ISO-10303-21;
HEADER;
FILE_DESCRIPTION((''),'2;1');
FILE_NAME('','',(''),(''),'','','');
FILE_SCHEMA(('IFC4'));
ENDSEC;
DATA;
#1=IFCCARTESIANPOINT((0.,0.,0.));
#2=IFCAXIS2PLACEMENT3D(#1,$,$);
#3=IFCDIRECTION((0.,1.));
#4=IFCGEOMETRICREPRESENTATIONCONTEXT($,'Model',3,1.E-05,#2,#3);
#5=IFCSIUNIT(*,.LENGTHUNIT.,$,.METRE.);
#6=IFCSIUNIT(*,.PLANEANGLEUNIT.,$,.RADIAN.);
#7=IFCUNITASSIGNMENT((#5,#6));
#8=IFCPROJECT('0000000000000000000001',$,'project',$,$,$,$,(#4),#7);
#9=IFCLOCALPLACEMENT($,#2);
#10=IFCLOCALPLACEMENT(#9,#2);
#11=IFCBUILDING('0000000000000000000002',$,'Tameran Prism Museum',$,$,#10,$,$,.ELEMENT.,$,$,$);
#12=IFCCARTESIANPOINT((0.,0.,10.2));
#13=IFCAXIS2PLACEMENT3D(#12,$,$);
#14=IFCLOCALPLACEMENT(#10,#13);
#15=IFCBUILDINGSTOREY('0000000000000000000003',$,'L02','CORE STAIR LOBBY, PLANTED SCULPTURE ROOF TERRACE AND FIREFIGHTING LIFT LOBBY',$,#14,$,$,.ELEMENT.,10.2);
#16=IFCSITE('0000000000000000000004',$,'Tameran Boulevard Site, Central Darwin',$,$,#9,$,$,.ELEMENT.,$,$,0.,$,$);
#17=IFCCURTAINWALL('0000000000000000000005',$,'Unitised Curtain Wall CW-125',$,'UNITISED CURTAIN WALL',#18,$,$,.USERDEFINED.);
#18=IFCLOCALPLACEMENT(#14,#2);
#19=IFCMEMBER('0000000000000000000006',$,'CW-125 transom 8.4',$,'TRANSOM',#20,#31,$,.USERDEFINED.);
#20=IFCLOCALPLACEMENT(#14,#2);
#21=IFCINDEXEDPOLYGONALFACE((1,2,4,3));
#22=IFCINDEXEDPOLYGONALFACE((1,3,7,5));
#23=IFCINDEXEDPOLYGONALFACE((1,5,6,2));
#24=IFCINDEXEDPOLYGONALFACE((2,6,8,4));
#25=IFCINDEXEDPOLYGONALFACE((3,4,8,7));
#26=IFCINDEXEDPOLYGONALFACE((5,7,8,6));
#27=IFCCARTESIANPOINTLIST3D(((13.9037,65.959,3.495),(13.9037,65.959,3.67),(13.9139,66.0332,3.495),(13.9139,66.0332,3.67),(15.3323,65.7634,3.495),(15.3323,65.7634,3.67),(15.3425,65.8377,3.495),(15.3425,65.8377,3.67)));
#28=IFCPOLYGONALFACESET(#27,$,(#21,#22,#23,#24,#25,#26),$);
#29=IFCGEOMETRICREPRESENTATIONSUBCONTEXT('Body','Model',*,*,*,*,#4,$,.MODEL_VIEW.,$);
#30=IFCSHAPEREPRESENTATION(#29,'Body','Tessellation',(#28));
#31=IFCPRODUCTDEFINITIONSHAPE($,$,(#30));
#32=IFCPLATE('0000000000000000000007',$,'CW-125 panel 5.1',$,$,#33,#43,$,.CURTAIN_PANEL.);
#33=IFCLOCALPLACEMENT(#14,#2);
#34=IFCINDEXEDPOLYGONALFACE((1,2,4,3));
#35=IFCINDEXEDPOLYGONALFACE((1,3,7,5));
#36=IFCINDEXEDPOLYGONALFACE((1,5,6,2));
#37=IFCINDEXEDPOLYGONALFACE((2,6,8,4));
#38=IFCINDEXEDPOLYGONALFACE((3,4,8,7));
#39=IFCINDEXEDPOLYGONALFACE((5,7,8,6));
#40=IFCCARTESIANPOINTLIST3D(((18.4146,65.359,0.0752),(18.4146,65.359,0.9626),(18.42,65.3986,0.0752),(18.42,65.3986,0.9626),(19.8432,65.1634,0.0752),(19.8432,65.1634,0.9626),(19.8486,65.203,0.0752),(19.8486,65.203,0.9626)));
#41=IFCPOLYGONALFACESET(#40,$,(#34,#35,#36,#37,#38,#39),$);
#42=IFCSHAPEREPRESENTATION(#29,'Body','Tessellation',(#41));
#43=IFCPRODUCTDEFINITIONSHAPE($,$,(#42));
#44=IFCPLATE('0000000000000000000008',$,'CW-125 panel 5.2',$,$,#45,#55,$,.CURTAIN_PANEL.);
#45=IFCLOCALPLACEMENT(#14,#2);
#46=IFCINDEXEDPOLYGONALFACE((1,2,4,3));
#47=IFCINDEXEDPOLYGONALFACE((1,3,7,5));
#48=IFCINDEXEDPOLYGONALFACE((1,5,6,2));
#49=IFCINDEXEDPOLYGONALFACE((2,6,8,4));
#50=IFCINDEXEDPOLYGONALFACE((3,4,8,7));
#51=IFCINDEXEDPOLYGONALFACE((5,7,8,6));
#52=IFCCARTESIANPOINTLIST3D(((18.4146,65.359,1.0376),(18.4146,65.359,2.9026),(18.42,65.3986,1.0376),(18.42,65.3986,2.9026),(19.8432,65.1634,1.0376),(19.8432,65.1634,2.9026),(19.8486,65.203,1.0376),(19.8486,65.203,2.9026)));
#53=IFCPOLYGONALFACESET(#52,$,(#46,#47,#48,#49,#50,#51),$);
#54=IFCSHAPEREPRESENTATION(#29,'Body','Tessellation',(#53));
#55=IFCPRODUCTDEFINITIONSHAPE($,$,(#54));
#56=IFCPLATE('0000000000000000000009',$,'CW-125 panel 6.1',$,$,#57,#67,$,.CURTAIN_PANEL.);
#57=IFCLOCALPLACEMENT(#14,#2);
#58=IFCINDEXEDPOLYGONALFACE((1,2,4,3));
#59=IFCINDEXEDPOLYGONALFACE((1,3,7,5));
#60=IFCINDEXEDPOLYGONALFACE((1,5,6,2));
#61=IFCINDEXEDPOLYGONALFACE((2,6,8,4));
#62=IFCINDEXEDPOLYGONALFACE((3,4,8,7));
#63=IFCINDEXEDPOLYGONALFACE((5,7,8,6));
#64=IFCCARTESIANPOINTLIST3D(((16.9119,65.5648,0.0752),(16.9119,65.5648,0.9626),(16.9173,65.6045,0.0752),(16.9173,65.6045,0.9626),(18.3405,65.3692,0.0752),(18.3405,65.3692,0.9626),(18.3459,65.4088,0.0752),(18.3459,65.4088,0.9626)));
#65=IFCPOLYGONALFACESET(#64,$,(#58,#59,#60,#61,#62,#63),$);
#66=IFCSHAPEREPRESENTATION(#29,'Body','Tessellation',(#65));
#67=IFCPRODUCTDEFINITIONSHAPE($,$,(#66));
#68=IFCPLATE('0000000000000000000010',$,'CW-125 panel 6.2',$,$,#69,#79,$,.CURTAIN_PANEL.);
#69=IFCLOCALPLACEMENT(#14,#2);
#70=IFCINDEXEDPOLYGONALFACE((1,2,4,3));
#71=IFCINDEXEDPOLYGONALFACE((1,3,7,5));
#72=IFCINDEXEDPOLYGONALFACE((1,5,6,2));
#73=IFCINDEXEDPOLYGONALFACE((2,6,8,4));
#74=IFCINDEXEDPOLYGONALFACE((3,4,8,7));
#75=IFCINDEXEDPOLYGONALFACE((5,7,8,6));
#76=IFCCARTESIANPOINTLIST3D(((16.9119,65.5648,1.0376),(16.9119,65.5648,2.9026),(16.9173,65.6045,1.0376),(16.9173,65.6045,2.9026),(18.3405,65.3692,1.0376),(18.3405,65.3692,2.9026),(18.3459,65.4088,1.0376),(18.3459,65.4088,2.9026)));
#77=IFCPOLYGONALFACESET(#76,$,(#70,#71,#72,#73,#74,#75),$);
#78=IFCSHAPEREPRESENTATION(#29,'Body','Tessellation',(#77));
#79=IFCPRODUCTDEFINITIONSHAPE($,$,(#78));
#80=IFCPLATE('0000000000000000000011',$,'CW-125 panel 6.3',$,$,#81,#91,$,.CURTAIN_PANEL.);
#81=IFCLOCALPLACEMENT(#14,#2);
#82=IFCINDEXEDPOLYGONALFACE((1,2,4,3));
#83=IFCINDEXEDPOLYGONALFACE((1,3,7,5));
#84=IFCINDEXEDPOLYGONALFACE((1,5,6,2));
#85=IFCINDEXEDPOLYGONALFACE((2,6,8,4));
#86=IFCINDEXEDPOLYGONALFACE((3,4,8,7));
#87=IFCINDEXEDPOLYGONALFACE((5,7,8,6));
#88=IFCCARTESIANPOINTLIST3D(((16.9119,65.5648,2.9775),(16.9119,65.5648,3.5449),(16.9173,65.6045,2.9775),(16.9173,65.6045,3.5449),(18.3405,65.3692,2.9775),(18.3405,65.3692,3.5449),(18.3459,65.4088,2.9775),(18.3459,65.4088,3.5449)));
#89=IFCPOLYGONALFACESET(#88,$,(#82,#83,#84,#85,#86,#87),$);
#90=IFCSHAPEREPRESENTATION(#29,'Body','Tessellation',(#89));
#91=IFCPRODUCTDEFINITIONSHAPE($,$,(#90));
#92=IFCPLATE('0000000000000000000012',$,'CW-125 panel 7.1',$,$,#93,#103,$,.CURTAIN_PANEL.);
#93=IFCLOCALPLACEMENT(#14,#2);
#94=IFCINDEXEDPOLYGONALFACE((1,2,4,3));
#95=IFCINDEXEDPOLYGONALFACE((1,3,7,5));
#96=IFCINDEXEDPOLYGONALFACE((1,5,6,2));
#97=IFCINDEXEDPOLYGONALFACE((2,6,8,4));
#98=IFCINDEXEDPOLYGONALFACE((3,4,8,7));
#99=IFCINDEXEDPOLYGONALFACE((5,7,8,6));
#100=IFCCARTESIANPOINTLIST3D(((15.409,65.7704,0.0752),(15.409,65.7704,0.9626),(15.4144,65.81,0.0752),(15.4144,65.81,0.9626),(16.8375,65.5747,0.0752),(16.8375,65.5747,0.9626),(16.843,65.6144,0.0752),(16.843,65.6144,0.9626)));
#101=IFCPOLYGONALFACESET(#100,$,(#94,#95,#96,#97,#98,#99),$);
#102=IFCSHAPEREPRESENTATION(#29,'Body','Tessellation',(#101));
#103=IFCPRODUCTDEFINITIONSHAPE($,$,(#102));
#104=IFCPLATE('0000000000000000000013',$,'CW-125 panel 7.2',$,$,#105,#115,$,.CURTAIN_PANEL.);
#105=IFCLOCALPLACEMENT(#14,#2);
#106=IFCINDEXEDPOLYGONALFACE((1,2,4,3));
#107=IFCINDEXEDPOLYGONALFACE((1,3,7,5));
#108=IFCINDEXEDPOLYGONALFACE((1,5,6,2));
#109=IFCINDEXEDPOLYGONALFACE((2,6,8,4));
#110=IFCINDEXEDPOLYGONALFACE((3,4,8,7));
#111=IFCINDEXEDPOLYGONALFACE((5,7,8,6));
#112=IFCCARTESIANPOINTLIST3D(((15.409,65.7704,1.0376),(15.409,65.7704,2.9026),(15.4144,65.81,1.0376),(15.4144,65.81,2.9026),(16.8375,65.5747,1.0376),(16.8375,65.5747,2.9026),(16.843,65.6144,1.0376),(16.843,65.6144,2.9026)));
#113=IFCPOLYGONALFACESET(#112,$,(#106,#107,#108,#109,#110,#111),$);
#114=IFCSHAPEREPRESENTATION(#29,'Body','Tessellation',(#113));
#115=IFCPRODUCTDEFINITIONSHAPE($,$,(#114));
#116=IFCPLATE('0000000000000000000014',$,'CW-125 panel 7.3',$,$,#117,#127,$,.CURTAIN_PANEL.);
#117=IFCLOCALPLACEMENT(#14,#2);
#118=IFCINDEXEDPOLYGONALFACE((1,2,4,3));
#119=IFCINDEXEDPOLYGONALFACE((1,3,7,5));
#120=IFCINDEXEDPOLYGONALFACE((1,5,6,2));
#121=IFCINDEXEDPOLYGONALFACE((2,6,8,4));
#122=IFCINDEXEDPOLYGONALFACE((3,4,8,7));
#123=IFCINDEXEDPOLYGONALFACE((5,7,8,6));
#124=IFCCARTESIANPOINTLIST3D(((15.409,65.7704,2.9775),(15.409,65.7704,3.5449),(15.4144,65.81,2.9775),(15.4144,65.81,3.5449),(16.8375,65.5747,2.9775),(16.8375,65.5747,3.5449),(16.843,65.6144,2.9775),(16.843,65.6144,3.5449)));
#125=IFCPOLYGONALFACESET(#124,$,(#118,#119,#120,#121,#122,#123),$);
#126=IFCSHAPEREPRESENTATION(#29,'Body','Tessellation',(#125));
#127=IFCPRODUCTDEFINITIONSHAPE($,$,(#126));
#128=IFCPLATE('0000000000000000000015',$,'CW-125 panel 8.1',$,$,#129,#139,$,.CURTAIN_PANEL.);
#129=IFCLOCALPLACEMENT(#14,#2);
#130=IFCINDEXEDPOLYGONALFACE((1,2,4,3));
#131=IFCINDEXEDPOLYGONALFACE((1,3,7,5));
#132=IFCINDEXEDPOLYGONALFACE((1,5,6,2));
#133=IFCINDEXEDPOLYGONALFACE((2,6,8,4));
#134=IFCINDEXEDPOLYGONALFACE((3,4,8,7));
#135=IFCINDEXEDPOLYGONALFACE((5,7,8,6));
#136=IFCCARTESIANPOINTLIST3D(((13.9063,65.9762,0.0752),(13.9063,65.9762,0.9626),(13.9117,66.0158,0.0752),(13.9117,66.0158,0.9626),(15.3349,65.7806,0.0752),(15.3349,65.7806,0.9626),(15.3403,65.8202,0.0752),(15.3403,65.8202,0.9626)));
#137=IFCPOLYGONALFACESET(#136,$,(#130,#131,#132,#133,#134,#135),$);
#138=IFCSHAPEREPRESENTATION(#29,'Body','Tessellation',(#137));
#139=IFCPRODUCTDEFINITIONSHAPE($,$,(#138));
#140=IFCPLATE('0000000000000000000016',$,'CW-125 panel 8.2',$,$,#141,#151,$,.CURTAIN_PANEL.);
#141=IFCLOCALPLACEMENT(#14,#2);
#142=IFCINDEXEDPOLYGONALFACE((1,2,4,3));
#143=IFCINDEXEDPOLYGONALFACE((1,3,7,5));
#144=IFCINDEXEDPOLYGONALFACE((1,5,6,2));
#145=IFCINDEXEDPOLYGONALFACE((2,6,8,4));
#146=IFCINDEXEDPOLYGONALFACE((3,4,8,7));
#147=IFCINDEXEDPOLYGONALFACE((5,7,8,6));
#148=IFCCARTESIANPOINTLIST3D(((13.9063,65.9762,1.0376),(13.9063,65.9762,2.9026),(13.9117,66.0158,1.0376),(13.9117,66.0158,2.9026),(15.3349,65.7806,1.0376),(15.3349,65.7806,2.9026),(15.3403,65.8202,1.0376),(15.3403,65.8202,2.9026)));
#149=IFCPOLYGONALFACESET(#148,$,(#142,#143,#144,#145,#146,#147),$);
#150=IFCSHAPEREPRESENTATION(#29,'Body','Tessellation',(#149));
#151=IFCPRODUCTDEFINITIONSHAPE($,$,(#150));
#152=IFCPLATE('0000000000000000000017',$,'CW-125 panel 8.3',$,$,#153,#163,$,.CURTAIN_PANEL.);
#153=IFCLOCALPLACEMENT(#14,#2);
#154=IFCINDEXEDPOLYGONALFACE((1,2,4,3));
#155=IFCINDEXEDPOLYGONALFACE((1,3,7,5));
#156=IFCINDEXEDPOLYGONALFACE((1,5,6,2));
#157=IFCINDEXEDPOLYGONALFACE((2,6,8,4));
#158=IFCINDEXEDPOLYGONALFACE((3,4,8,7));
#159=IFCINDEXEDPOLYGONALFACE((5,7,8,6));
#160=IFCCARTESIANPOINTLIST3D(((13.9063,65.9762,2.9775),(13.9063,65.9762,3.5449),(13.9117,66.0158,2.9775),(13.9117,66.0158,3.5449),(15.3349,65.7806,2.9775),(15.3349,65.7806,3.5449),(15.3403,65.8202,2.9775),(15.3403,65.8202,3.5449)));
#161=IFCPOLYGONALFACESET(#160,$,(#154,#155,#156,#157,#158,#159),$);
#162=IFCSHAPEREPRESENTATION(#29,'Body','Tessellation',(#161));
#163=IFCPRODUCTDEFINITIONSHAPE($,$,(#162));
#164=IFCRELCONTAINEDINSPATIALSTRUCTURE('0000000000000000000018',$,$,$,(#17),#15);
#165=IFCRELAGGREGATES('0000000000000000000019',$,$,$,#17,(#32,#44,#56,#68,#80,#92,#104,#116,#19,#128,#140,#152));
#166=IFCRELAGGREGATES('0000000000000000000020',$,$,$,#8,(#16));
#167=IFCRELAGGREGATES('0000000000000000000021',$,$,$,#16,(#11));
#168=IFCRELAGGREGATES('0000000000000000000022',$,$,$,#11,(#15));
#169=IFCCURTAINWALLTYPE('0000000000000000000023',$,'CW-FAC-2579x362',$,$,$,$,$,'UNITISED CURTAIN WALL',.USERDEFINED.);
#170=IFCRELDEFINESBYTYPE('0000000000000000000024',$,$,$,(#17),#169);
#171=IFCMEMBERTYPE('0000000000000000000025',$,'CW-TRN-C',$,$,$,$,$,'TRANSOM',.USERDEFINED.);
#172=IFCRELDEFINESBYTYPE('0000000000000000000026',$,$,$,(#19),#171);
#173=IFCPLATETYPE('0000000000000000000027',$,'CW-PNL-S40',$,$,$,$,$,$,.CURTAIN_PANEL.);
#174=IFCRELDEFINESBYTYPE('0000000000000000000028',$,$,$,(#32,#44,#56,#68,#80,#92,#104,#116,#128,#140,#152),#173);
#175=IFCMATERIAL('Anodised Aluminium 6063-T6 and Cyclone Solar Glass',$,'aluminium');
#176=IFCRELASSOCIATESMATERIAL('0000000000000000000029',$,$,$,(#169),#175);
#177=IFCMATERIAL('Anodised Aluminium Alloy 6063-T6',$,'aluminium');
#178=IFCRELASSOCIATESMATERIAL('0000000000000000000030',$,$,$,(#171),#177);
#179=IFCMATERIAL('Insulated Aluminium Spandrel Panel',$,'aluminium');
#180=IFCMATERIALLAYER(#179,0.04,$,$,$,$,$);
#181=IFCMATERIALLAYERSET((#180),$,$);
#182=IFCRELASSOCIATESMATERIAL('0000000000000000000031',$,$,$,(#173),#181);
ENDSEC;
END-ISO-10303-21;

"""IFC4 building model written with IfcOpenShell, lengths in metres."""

from ifc_helpers import new_model, si_unit, direction, frame, origin, origin_2d, place, context, subcontext, project, spatial, rectangle, extrude, material, layer, layer_set, material_profile, profile_set, type_object, element, aggregate, save


model = new_model("IFC4")

# Units and contexts
model_context = context("Model", 3, precision=1e-05, world=origin(), true_north=direction((0.0, 1.0)))
body_context = subcontext(model_context, "Body", "Model", "MODEL_VIEW")
ifc_project = project(units=[si_unit("LENGTHUNIT", "METRE"), si_unit("PLANEANGLEUNIT", "RADIAN")], contexts=[model_context])

# Site, building, storey
site_placement = place(None, origin())
site = spatial("IfcSite", under=ifc_project, at=site_placement, Name="Tameran Boulevard Site, Central Darwin", CompositionType="ELEMENT", RefElevation=0.0)
building_placement = place(site_placement, origin())
building = spatial("IfcBuilding", under=site, at=building_placement, Name="Tameran Prism Museum", CompositionType="ELEMENT")
storey_placement = place(building_placement, frame((0.0, 0.0, 10.2)))
storey = spatial("IfcBuildingStorey", under=building, at=storey_placement, Name="L02", Description="CORE STAIR LOBBY, PLANTED SCULPTURE ROOF TERRACE AND FIREFIGHTING LIFT LOBBY", CompositionType="ELEMENT", Elevation=10.2)

# Curtain wall, member, plates
ifc_material_1 = material(Name="Anodised Aluminium 6063-T6 and Cyclone Solar Glass", Category="aluminium")
curtain_wall_type = type_object("IfcCurtainWallType", Name="CW-FAC-2579x362", ElementType="UNITISED CURTAIN WALL", PredefinedType="USERDEFINED", material=ifc_material_1)
curtain_wall_placement = place(storey_placement, origin())
curtain_wall = element("IfcCurtainWall", 1, at=curtain_wall_placement, inside=storey, type_object=curtain_wall_type, Name="Unitised Curtain Wall CW-125", ObjectType="UNITISED CURTAIN WALL", PredefinedType="USERDEFINED")
ifc_material_2 = material(Name="Anodised Aluminium Alloy 6063-T6", Category="aluminium")
ifc_material_profile_1 = material_profile(ifc_material_2, rectangle(XDim=0.075, YDim=0.175, at=origin_2d()))
ifc_profile_set_1 = profile_set([ifc_material_profile_1])
member_type_1 = type_object("IfcMemberType", Name="CW-TRN-C", ElementType="TRANSOM", PredefinedType="USERDEFINED", material=ifc_profile_set_1)
member_1_placement = place(storey_placement, frame((15.3374, 65.8005, 3.5825), z_axis=(-0.990759, 0.135635, 0.0), x_axis=(-0.135635, -0.990759, 0.0)))
member_1 = element("IfcMember", 2, at=member_1_placement, type_object=member_type_1, Name="CW-125 transom 8.4", ObjectType="TRANSOM", PredefinedType="USERDEFINED", context=body_context, shape_type="SweptSolid", body=[
    extrude(rectangle(XDim=0.075, YDim=0.175, at=origin_2d()), origin(), (0.0, 0.0, 1.0), 1.4419),
])
ifc_material_3 = material(Name="Insulated Aluminium Spandrel Panel", Category="aluminium")
ifc_layer = layer(ifc_material_3, 0.04)
ifc_layer_set = layer_set([ifc_layer])
plate_type = type_object("IfcPlateType", Name="CW-PNL-S40", PredefinedType="CURTAIN_PANEL", material=ifc_layer_set)
plate_1_placement = place(storey_placement, frame((19.1316, 65.281, 0.0752), z_axis=(0.0, 0.0, 1.0), x_axis=(-0.990756, 0.135658, 0.0)))
plate_1 = element("IfcPlate", 3, at=plate_1_placement, type_object=plate_type, Name="CW-125 panel 5.1", PredefinedType="CURTAIN_PANEL", context=body_context, shape_type="SweptSolid", body=[
    extrude(rectangle(XDim=1.4419, YDim=0.04, at=origin_2d()), origin(), (0.0, 0.0, 1.0), 0.8875),
])
plate_2_placement = place(storey_placement, frame((19.1316, 65.281, 1.0376), z_axis=(0.0, 0.0, 1.0), x_axis=(-0.990756, 0.135658, 0.0)))
plate_2 = element("IfcPlate", 4, at=plate_2_placement, type_object=plate_type, Name="CW-125 panel 5.2", PredefinedType="CURTAIN_PANEL", context=body_context, shape_type="SweptSolid", body=[
    extrude(rectangle(XDim=1.4419, YDim=0.04, at=origin_2d()), origin(), (0.0, 0.0, 1.0), 1.865),
])
plate_3_placement = place(storey_placement, frame((17.6289, 65.4868, 0.0752), z_axis=(0.0, 0.0, 1.0), x_axis=(-0.990756, 0.135658, 0.0)))
plate_3 = element("IfcPlate", 5, at=plate_3_placement, type_object=plate_type, Name="CW-125 panel 6.1", PredefinedType="CURTAIN_PANEL", context=body_context, shape_type="SweptSolid", body=[
    extrude(rectangle(XDim=1.4419, YDim=0.04, at=origin_2d()), origin(), (0.0, 0.0, 1.0), 0.8875),
])
plate_4_placement = place(storey_placement, frame((17.6289, 65.4868, 1.0376), z_axis=(0.0, 0.0, 1.0), x_axis=(-0.990756, 0.135658, 0.0)))
plate_4 = element("IfcPlate", 6, at=plate_4_placement, type_object=plate_type, Name="CW-125 panel 6.2", PredefinedType="CURTAIN_PANEL", context=body_context, shape_type="SweptSolid", body=[
    extrude(rectangle(XDim=1.4419, YDim=0.04, at=origin_2d()), origin(), (0.0, 0.0, 1.0), 1.865),
])
plate_5_placement = place(storey_placement, frame((17.6289, 65.4868, 2.9775), z_axis=(0.0, 0.0, 1.0), x_axis=(-0.990756, 0.135658, 0.0)))
plate_5 = element("IfcPlate", 7, at=plate_5_placement, type_object=plate_type, Name="CW-125 panel 6.3", PredefinedType="CURTAIN_PANEL", context=body_context, shape_type="SweptSolid", body=[
    extrude(rectangle(XDim=1.4419, YDim=0.04, at=origin_2d()), origin(), (0.0, 0.0, 1.0), 0.5674),
])
plate_6_placement = place(storey_placement, frame((16.126, 65.6924, 0.0752), z_axis=(0.0, 0.0, 1.0), x_axis=(-0.990756, 0.135658, 0.0)))
plate_6 = element("IfcPlate", 8, at=plate_6_placement, type_object=plate_type, Name="CW-125 panel 7.1", PredefinedType="CURTAIN_PANEL", context=body_context, shape_type="SweptSolid", body=[
    extrude(rectangle(XDim=1.4419, YDim=0.04, at=origin_2d()), origin(), (0.0, 0.0, 1.0), 0.8875),
])
plate_7_placement = place(storey_placement, frame((16.126, 65.6924, 1.0376), z_axis=(0.0, 0.0, 1.0), x_axis=(-0.990756, 0.135658, 0.0)))
plate_7 = element("IfcPlate", 9, at=plate_7_placement, type_object=plate_type, Name="CW-125 panel 7.2", PredefinedType="CURTAIN_PANEL", context=body_context, shape_type="SweptSolid", body=[
    extrude(rectangle(XDim=1.4419, YDim=0.04, at=origin_2d()), origin(), (0.0, 0.0, 1.0), 1.865),
])
plate_8_placement = place(storey_placement, frame((16.126, 65.6924, 2.9775), z_axis=(0.0, 0.0, 1.0), x_axis=(-0.990756, 0.135658, 0.0)))
plate_8 = element("IfcPlate", 10, at=plate_8_placement, type_object=plate_type, Name="CW-125 panel 7.3", PredefinedType="CURTAIN_PANEL", context=body_context, shape_type="SweptSolid", body=[
    extrude(rectangle(XDim=1.4419, YDim=0.04, at=origin_2d()), origin(), (0.0, 0.0, 1.0), 0.5674),
])
plate_9_placement = place(storey_placement, frame((14.6233, 65.8982, 0.0752), z_axis=(0.0, 0.0, 1.0), x_axis=(-0.990756, 0.135658, 0.0)))
plate_9 = element("IfcPlate", 11, at=plate_9_placement, type_object=plate_type, Name="CW-125 panel 8.1", PredefinedType="CURTAIN_PANEL", context=body_context, shape_type="SweptSolid", body=[
    extrude(rectangle(XDim=1.4419, YDim=0.04, at=origin_2d()), origin(), (0.0, 0.0, 1.0), 0.8875),
])
plate_10_placement = place(storey_placement, frame((14.6233, 65.8982, 1.0376), z_axis=(0.0, 0.0, 1.0), x_axis=(-0.990756, 0.135658, 0.0)))
plate_10 = element("IfcPlate", 12, at=plate_10_placement, type_object=plate_type, Name="CW-125 panel 8.2", PredefinedType="CURTAIN_PANEL", context=body_context, shape_type="SweptSolid", body=[
    extrude(rectangle(XDim=1.4419, YDim=0.04, at=origin_2d()), origin(), (0.0, 0.0, 1.0), 1.865),
])
plate_11_placement = place(storey_placement, frame((14.6233, 65.8982, 2.9775), z_axis=(0.0, 0.0, 1.0), x_axis=(-0.990756, 0.135658, 0.0)))
plate_11 = element("IfcPlate", 13, at=plate_11_placement, type_object=plate_type, Name="CW-125 panel 8.3", PredefinedType="CURTAIN_PANEL", context=body_context, shape_type="SweptSolid", body=[
    extrude(rectangle(XDim=1.4419, YDim=0.04, at=origin_2d()), origin(), (0.0, 0.0, 1.0), 0.5674),
])
aggregate(curtain_wall, [plate_1, plate_2, plate_3, plate_4, plate_5, plate_6, plate_7, plate_8, member_1, plate_9, plate_10, plate_11])

save(model, "model.ifc")
